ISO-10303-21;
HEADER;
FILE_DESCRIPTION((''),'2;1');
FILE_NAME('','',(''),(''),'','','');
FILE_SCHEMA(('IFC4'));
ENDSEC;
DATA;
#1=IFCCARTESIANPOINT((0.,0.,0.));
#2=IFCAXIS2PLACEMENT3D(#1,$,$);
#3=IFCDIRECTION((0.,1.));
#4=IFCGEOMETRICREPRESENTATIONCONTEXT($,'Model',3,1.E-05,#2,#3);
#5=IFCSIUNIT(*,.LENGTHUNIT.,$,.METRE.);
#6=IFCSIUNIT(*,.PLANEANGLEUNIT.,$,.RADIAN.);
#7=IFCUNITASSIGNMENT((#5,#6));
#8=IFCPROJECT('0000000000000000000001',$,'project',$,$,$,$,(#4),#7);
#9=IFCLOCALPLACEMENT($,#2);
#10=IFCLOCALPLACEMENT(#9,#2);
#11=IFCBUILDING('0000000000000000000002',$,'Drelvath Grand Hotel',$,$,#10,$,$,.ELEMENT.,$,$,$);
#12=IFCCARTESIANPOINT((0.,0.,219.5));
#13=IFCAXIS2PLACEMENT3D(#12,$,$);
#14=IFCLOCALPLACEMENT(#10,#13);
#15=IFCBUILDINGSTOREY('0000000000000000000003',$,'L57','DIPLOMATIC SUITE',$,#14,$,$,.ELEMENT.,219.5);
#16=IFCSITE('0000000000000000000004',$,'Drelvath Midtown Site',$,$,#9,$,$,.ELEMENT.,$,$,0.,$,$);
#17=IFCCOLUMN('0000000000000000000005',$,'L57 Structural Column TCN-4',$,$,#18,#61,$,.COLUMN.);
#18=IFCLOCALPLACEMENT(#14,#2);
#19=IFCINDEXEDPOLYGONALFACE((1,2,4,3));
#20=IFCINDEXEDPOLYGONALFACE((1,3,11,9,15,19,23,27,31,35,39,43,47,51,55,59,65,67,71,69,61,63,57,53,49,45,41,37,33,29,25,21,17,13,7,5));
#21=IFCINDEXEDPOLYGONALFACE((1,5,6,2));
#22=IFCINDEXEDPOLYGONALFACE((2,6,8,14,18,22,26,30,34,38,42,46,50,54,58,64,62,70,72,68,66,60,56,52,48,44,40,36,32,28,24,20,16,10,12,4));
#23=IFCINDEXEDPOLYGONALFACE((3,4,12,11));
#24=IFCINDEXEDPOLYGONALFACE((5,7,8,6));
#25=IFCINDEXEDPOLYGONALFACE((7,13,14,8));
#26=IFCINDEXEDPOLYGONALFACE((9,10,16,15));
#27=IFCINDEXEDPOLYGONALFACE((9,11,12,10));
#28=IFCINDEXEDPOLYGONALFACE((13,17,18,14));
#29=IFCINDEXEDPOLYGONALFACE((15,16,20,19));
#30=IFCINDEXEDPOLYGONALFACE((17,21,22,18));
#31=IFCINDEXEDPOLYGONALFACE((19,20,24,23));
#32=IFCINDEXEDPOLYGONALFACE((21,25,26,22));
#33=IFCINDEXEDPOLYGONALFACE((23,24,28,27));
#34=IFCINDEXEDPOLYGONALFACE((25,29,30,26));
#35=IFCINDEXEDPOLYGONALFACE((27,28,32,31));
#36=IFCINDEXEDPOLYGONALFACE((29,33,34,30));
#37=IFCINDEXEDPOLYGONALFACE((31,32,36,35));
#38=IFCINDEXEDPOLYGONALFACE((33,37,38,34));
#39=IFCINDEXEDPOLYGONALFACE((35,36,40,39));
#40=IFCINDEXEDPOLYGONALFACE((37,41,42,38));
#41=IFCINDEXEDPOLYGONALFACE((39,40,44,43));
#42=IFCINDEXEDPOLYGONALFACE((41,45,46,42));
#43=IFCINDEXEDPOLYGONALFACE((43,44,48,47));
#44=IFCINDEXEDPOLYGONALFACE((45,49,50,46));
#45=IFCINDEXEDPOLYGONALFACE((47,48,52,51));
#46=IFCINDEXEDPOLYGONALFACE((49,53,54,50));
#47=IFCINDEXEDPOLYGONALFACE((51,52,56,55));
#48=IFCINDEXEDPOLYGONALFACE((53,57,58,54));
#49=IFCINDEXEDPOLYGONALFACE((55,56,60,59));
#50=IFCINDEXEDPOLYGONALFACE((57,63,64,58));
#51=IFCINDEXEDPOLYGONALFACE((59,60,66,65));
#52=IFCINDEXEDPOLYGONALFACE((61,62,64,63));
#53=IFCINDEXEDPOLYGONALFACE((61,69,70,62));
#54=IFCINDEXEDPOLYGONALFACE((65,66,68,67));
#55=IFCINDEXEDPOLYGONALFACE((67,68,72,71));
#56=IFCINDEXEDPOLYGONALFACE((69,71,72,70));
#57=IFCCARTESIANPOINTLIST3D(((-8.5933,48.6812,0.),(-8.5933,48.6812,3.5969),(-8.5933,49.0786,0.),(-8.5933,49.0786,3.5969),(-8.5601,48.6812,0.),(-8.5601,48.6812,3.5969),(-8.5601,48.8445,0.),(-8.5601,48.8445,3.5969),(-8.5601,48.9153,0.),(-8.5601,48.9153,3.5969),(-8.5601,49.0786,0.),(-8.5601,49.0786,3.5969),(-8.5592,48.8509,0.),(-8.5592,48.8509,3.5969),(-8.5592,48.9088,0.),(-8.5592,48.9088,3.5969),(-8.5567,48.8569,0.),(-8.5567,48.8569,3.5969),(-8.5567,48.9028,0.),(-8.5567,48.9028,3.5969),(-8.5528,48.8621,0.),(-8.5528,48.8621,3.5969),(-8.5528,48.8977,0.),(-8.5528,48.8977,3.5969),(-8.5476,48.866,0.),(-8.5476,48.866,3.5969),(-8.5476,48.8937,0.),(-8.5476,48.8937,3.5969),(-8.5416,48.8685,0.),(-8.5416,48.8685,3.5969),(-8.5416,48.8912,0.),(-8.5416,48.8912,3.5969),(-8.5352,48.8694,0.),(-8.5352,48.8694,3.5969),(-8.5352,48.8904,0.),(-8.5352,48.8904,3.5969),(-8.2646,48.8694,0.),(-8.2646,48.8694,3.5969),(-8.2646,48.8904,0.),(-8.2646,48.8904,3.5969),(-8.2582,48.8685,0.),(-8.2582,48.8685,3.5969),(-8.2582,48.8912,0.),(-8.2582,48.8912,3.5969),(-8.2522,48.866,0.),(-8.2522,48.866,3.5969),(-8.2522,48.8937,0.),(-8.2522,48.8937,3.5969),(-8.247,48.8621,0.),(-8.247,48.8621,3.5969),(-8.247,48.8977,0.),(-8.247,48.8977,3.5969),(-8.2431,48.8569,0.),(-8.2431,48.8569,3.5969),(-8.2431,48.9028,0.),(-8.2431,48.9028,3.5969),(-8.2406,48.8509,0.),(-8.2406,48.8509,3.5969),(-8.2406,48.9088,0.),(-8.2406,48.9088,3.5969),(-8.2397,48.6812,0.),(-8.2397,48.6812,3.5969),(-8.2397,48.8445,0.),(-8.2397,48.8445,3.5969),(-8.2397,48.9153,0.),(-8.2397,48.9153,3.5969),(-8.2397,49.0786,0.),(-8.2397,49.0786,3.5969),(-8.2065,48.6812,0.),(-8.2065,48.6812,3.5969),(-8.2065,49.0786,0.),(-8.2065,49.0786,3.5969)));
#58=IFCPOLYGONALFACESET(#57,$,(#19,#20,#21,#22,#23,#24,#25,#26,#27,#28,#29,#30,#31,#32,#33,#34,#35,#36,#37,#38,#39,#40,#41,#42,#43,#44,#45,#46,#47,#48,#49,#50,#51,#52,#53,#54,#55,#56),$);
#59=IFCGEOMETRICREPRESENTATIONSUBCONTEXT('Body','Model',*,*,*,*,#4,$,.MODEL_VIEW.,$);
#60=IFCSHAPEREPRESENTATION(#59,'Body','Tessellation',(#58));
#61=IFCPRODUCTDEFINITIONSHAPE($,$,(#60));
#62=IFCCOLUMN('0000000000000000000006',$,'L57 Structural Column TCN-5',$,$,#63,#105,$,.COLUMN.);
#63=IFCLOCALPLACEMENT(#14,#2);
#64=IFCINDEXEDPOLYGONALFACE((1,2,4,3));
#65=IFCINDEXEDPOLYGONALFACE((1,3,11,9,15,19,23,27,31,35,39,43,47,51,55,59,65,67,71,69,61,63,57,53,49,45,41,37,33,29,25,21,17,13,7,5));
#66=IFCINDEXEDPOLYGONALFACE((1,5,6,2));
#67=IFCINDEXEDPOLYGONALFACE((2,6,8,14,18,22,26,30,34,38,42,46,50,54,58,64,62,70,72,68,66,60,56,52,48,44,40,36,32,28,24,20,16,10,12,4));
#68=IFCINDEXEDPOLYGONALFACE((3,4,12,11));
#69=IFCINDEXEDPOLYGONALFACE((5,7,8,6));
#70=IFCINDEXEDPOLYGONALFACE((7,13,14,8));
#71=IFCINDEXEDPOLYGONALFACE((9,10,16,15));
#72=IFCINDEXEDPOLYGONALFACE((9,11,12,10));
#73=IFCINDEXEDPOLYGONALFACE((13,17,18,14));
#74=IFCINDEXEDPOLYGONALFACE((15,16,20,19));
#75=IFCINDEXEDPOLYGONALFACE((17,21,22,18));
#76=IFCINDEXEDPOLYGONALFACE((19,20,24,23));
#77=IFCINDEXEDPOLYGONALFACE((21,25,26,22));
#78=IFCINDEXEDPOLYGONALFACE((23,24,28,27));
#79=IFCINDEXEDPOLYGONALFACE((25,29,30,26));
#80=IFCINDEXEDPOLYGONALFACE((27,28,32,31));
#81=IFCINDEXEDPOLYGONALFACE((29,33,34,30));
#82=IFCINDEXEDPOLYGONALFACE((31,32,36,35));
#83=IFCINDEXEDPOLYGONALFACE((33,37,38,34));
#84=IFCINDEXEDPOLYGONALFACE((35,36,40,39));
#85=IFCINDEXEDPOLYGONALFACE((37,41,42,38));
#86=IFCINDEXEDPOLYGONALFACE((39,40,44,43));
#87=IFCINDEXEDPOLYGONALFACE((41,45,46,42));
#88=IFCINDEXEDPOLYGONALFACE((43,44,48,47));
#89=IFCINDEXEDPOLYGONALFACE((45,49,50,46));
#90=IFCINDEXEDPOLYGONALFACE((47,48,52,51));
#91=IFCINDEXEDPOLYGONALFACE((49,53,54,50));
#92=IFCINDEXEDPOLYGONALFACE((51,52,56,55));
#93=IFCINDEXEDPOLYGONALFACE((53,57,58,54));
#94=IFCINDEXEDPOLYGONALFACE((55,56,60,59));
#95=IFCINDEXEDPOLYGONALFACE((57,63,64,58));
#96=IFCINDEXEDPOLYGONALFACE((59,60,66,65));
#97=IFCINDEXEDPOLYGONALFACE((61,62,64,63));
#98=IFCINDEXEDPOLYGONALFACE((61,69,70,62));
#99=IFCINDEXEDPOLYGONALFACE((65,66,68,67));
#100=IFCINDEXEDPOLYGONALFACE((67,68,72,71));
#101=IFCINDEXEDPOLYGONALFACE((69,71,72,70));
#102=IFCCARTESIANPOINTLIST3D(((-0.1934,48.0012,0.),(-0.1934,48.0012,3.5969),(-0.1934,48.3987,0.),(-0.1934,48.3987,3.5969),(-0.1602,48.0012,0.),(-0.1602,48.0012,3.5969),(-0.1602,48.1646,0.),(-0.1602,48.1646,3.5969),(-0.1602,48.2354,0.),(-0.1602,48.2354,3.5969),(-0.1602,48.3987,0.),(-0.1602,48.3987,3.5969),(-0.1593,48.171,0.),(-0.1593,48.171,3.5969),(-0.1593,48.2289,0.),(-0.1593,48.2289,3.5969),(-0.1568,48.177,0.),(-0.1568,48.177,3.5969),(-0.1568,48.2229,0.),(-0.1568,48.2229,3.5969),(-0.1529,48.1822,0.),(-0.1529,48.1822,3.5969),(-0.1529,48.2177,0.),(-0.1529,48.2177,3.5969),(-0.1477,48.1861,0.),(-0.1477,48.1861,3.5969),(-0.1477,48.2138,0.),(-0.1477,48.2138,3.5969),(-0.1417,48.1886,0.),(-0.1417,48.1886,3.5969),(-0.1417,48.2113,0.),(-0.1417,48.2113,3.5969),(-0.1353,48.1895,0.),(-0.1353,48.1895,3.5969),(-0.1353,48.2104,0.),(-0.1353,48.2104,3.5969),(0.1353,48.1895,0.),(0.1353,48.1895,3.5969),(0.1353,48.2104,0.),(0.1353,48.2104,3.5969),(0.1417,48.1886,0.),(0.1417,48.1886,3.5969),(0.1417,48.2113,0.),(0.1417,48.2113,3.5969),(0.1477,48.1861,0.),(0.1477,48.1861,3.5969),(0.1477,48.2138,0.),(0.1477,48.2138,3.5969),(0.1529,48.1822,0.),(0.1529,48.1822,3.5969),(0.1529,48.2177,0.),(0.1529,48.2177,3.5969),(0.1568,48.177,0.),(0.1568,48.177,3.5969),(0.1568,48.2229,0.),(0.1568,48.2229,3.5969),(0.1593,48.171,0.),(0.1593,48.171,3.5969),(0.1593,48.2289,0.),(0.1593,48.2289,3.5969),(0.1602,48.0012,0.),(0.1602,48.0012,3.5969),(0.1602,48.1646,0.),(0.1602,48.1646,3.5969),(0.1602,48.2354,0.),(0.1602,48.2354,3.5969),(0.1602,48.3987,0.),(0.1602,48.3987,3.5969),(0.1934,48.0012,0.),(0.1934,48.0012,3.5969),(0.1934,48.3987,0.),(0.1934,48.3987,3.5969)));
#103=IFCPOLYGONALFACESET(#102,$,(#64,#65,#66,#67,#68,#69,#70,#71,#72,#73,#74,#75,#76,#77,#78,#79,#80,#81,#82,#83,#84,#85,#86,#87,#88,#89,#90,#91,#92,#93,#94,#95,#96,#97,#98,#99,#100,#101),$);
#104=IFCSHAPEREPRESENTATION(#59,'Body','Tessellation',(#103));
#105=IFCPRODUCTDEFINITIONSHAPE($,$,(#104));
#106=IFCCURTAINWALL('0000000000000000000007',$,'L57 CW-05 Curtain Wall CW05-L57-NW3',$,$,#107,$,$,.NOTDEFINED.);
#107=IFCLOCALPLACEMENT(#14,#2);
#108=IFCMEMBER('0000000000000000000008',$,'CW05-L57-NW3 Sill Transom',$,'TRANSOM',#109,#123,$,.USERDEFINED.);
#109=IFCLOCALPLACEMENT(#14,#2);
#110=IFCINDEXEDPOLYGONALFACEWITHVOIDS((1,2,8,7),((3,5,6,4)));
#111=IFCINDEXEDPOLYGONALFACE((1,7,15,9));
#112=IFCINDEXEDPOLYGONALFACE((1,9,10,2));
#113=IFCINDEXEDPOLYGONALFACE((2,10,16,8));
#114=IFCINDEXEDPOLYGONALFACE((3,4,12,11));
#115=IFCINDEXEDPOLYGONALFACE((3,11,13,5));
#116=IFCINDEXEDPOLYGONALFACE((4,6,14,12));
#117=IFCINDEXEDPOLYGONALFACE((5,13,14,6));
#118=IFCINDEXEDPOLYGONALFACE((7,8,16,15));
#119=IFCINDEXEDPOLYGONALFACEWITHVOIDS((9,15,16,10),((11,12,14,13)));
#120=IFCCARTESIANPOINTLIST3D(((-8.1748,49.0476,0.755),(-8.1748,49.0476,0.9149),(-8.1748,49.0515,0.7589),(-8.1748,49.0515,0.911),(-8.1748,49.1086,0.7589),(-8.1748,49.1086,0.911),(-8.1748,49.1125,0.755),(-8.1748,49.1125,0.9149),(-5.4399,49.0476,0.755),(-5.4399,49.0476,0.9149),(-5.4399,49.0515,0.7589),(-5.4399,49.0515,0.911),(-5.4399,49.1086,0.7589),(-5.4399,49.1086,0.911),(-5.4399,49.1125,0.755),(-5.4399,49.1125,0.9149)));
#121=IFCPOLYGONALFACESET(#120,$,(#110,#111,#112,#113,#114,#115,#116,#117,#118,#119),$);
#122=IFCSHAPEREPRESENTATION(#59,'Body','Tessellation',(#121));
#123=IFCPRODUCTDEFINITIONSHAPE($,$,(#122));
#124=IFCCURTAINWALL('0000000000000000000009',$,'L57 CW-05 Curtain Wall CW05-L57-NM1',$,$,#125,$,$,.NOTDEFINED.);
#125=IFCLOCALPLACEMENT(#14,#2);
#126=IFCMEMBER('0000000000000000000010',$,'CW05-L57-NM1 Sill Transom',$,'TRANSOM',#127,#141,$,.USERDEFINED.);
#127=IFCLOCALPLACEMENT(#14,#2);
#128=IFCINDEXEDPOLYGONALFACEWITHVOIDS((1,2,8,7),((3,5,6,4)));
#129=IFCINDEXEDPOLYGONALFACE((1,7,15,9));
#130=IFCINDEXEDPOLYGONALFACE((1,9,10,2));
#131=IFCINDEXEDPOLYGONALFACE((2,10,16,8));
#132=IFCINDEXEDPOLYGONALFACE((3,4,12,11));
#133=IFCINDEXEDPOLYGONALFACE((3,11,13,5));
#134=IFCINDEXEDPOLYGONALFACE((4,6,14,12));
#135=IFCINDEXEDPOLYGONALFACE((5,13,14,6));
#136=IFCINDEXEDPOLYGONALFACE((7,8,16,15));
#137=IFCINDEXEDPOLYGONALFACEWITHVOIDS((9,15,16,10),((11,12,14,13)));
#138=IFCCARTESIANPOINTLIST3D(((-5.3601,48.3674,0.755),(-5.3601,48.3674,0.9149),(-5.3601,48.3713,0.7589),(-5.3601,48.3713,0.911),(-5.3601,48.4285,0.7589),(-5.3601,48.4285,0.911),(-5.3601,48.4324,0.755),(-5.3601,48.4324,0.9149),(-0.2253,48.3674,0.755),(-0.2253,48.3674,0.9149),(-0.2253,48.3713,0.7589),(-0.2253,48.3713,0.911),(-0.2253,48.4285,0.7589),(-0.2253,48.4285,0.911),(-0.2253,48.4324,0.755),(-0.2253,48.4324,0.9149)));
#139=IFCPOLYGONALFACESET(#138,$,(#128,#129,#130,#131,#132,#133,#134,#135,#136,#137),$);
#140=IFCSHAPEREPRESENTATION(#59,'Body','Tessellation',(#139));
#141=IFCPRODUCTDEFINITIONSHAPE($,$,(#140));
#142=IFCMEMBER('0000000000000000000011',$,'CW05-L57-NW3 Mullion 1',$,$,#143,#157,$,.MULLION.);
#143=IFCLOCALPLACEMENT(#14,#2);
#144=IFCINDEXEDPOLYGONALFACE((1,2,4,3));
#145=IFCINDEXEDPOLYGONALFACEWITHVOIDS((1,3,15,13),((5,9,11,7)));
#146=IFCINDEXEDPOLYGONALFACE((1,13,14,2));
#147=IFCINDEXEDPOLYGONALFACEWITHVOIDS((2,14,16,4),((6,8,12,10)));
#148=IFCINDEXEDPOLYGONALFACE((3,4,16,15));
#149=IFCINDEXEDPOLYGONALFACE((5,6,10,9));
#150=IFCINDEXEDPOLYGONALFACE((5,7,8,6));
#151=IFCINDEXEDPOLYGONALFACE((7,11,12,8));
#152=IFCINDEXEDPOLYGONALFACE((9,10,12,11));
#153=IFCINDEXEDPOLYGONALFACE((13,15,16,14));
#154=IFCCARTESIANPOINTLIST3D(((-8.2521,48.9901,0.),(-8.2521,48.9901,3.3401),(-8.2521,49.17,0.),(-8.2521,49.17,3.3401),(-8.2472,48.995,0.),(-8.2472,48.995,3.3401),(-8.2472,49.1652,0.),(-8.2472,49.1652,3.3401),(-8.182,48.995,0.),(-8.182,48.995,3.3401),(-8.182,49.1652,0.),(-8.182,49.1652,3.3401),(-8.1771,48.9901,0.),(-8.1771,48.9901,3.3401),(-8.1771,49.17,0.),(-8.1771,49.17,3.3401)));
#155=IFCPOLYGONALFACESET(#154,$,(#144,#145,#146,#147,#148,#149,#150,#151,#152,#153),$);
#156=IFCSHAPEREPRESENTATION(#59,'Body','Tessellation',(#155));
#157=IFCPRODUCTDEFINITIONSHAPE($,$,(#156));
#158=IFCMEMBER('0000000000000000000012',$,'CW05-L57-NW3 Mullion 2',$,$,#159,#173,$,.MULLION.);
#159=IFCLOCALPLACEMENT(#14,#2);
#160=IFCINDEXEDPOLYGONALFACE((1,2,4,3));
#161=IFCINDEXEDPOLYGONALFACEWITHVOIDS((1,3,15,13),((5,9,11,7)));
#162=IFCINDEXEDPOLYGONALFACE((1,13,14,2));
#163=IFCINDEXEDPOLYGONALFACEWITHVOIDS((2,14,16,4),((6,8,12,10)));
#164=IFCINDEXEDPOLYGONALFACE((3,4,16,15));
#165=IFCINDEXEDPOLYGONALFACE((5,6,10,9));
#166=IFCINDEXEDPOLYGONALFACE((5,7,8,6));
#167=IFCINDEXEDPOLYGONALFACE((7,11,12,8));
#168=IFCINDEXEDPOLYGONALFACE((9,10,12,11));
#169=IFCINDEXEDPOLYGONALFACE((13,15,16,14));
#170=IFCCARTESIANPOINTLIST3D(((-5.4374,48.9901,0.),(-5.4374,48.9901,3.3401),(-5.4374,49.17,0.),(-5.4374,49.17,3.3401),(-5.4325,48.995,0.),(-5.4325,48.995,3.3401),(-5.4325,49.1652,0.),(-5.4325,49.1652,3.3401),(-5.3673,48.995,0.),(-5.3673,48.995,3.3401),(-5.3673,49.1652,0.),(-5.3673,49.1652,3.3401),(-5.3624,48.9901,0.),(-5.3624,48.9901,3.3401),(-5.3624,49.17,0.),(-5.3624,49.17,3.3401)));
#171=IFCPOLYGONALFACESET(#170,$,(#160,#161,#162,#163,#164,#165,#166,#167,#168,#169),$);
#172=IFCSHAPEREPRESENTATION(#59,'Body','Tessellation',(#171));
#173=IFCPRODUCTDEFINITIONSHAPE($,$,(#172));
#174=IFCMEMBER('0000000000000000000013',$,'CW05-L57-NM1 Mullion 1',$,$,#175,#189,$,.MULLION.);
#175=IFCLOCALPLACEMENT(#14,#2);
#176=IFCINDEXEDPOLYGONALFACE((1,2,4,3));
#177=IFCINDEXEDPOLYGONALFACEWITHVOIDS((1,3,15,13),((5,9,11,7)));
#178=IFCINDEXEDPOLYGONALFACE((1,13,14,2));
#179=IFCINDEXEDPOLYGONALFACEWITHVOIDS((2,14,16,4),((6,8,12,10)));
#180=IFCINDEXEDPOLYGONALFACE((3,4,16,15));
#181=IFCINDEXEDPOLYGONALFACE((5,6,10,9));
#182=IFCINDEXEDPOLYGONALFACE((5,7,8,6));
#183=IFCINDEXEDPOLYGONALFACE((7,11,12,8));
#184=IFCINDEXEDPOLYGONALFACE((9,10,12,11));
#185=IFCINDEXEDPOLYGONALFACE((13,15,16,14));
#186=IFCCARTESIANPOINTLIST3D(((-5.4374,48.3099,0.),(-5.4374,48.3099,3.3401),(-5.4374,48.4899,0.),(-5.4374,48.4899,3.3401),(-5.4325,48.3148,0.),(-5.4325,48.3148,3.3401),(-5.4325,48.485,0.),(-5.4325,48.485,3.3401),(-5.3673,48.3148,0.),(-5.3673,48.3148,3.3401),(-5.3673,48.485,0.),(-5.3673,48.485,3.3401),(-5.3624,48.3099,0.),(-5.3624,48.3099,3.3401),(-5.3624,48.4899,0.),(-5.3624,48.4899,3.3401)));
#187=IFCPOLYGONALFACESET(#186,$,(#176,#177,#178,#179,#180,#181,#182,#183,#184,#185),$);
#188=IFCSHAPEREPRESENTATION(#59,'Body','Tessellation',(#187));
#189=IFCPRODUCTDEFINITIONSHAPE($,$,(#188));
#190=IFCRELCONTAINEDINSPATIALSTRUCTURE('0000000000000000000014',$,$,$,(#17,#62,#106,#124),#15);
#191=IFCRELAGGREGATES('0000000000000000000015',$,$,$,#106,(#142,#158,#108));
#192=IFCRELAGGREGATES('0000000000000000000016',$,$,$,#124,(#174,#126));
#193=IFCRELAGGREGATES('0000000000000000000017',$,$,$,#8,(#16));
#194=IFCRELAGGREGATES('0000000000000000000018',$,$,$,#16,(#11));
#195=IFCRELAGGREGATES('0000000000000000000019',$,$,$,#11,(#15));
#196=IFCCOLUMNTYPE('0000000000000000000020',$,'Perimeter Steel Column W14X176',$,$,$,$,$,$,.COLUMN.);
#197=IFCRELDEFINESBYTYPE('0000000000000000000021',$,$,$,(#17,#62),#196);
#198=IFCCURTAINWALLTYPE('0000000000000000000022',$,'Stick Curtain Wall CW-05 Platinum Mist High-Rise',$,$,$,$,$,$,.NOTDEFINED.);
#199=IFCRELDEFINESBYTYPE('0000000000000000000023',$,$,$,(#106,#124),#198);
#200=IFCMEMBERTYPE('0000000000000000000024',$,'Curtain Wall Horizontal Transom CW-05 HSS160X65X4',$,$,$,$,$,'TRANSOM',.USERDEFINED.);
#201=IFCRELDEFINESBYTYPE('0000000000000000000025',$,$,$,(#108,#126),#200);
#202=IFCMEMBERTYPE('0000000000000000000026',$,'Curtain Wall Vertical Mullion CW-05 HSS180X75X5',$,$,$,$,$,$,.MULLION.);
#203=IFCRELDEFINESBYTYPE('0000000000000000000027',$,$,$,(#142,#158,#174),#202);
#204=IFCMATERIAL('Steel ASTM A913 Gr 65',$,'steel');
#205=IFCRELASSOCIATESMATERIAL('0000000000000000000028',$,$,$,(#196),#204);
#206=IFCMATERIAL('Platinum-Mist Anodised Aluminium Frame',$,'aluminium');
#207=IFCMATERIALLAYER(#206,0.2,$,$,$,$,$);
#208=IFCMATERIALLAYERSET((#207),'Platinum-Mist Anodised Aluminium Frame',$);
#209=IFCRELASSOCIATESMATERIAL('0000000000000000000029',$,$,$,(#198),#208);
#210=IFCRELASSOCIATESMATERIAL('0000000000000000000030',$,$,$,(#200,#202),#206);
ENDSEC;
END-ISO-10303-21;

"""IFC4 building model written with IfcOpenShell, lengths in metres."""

from ifc_helpers import new_model, si_unit, direction, frame, origin, origin_2d, place, context, subcontext, project, spatial, hollow_rectangle, i_section, extrude, material, layer, layer_set, material_profile, profile_set, type_object, element, aggregate, save


model = new_model("IFC4")

# Units and contexts
model_context = context("Model", 3, precision=1e-05, world=origin(), true_north=direction((0.0, 1.0)))
body_context = subcontext(model_context, "Body", "Model", "MODEL_VIEW")
ifc_project = project(units=[si_unit("LENGTHUNIT", "METRE"), si_unit("PLANEANGLEUNIT", "RADIAN")], contexts=[model_context])

# Site, building, storey
site_placement = place(None, origin())
site = spatial("IfcSite", under=ifc_project, at=site_placement, Name="Drelvath Midtown Site", CompositionType="ELEMENT", RefElevation=0.0)
building_placement = place(site_placement, origin())
building = spatial("IfcBuilding", under=site, at=building_placement, Name="Drelvath Grand Hotel", CompositionType="ELEMENT")
storey_placement = place(building_placement, frame((0.0, 0.0, 219.5)))
storey = spatial("IfcBuildingStorey", under=building, at=storey_placement, Name="L57", Description="DIPLOMATIC SUITE", CompositionType="ELEMENT", Elevation=219.5)

# Columns
ifc_material_1 = material(Name="Steel ASTM A913 Gr 65", Category="steel")
ifc_material_profile_1 = material_profile(ifc_material_1, i_section(OverallWidth=0.3975, OverallDepth=0.3867, WebThickness=0.021, FlangeThickness=0.0332, FilletRadius=0.0249, at=origin_2d()), Name="W14X176")
ifc_profile_set_1 = profile_set([ifc_material_profile_1], Name="Steel ASTM A913 Gr 65")
column_type = type_object("IfcColumnType", Name="Perimeter Steel Column W14X176", PredefinedType="COLUMN", material=ifc_profile_set_1)
for number, where, z_axis, x_axis, name in (
    (1, (-8.3999, 48.8799, 0.0), (0.0, 0.0, 1.0), (0.0, 1.0, 0.0), "L57 Structural Column TCN-4"),
    (2, (0.0, 48.2, 0.0), (0.0, 0.0, 1.0), (0.0, 1.0, 0.0), "L57 Structural Column TCN-5"),
):
    element("IfcColumn", number, at=place(storey_placement, frame(where, z_axis=z_axis, x_axis=x_axis)), inside=storey, type_object=column_type, Name=name, PredefinedType="COLUMN", context=body_context, shape_type="SweptSolid", body=[
        extrude(i_section(OverallWidth=0.3975, OverallDepth=0.3867, WebThickness=0.021, FlangeThickness=0.0332, FilletRadius=0.0249, at=origin_2d()), origin(), (0.0, 0.0, 1.0), 3.5969),
    ])

# Curtain walls, members
ifc_material_2 = material(Name="Platinum-Mist Anodised Aluminium Frame", Category="aluminium")
ifc_layer_1 = layer(ifc_material_2, 0.2)
ifc_layer_set_1 = layer_set([ifc_layer_1], Name="Platinum-Mist Anodised Aluminium Frame")
curtain_wall_type = type_object("IfcCurtainWallType", Name="Stick Curtain Wall CW-05 Platinum Mist High-Rise", PredefinedType="NOTDEFINED", material=ifc_layer_set_1)
curtain_wall_1_placement = place(storey_placement, origin())
curtain_wall_1 = element("IfcCurtainWall", 3, at=curtain_wall_1_placement, inside=storey, type_object=curtain_wall_type, Name="L57 CW-05 Curtain Wall CW05-L57-NW3", PredefinedType="NOTDEFINED")
ifc_material_profile_2 = material_profile(ifc_material_2, hollow_rectangle(XDim=0.0649, YDim=0.1599, WallThickness=0.0039, at=origin_2d()), Name="HSS160X65X4")
ifc_profile_set_2 = profile_set([ifc_material_profile_2], Name="Platinum-Mist Anodised Aluminium Frame")
member_type_1 = type_object("IfcMemberType", Name="Curtain Wall Horizontal Transom CW-05 HSS160X65X4", ElementType="TRANSOM", PredefinedType="USERDEFINED", material=ifc_profile_set_2)
member_1_placement = place(storey_placement, frame((-8.1748, 49.0801, 0.835), z_axis=(1.0, 0.0, 0.0), x_axis=(0.0, 1.0, 0.0)))
member_1 = element("IfcMember", 4, at=member_1_placement, type_object=member_type_1, Name="CW05-L57-NW3 Sill Transom", ObjectType="TRANSOM", PredefinedType="USERDEFINED", context=body_context, shape_type="SweptSolid", body=[
    extrude(hollow_rectangle(XDim=0.0649, YDim=0.1599, WallThickness=0.0039, at=origin_2d()), origin(), (0.0, 0.0, 1.0), 2.7349),
])
curtain_wall_2_placement = place(storey_placement, origin())
curtain_wall_2 = element("IfcCurtainWall", 5, at=curtain_wall_2_placement, inside=storey, type_object=curtain_wall_type, Name="L57 CW-05 Curtain Wall CW05-L57-NM1", PredefinedType="NOTDEFINED")
member_2_placement = place(storey_placement, frame((-5.3601, 48.3999, 0.835), z_axis=(1.0, 0.0, 0.0), x_axis=(0.0, 1.0, 0.0)))
member_2 = element("IfcMember", 6, at=member_2_placement, type_object=member_type_1, Name="CW05-L57-NM1 Sill Transom", ObjectType="TRANSOM", PredefinedType="USERDEFINED", context=body_context, shape_type="SweptSolid", body=[
    extrude(hollow_rectangle(XDim=0.0649, YDim=0.1599, WallThickness=0.0039, at=origin_2d()), origin(), (0.0, 0.0, 1.0), 5.1348),
])

# Members
ifc_material_profile_3 = material_profile(ifc_material_2, hollow_rectangle(XDim=0.075, YDim=0.1799, WallThickness=0.0049, at=origin_2d()), Name="HSS180X75X5")
ifc_profile_set_3 = profile_set([ifc_material_profile_3], Name="Platinum-Mist Anodised Aluminium Frame")
member_type_2 = type_object("IfcMemberType", Name="Curtain Wall Vertical Mullion CW-05 HSS180X75X5", PredefinedType="MULLION", material=ifc_profile_set_3)
member_3_placement = place(storey_placement, frame((-8.2146, 49.0801, 0.0), z_axis=(0.0, 0.0, 1.0), x_axis=(1.0, 0.0, 0.0)))
member_3 = element("IfcMember", 7, at=member_3_placement, type_object=member_type_2, Name="CW05-L57-NW3 Mullion 1", PredefinedType="MULLION", context=body_context, shape_type="SweptSolid", body=[
    extrude(hollow_rectangle(XDim=0.075, YDim=0.1799, WallThickness=0.0049, at=origin_2d()), origin(), (0.0, 0.0, 1.0), 3.3401),
])
member_4_placement = place(storey_placement, frame((-5.3999, 49.0801, 0.0), z_axis=(0.0, 0.0, 1.0), x_axis=(1.0, 0.0, 0.0)))
member_4 = element("IfcMember", 8, at=member_4_placement, type_object=member_type_2, Name="CW05-L57-NW3 Mullion 2", PredefinedType="MULLION", context=body_context, shape_type="SweptSolid", body=[
    extrude(hollow_rectangle(XDim=0.075, YDim=0.1799, WallThickness=0.0049, at=origin_2d()), origin(), (0.0, 0.0, 1.0), 3.3401),
])
member_5_placement = place(storey_placement, frame((-5.3999, 48.3999, 0.0), z_axis=(0.0, 0.0, 1.0), x_axis=(1.0, 0.0, 0.0)))
member_5 = element("IfcMember", 9, at=member_5_placement, type_object=member_type_2, Name="CW05-L57-NM1 Mullion 1", PredefinedType="MULLION", context=body_context, shape_type="SweptSolid", body=[
    extrude(hollow_rectangle(XDim=0.075, YDim=0.1799, WallThickness=0.0049, at=origin_2d()), origin(), (0.0, 0.0, 1.0), 3.3401),
])

aggregate(curtain_wall_1, [member_3, member_4, member_1])
aggregate(curtain_wall_2, [member_5, member_2])

save(model, "model.ifc")
